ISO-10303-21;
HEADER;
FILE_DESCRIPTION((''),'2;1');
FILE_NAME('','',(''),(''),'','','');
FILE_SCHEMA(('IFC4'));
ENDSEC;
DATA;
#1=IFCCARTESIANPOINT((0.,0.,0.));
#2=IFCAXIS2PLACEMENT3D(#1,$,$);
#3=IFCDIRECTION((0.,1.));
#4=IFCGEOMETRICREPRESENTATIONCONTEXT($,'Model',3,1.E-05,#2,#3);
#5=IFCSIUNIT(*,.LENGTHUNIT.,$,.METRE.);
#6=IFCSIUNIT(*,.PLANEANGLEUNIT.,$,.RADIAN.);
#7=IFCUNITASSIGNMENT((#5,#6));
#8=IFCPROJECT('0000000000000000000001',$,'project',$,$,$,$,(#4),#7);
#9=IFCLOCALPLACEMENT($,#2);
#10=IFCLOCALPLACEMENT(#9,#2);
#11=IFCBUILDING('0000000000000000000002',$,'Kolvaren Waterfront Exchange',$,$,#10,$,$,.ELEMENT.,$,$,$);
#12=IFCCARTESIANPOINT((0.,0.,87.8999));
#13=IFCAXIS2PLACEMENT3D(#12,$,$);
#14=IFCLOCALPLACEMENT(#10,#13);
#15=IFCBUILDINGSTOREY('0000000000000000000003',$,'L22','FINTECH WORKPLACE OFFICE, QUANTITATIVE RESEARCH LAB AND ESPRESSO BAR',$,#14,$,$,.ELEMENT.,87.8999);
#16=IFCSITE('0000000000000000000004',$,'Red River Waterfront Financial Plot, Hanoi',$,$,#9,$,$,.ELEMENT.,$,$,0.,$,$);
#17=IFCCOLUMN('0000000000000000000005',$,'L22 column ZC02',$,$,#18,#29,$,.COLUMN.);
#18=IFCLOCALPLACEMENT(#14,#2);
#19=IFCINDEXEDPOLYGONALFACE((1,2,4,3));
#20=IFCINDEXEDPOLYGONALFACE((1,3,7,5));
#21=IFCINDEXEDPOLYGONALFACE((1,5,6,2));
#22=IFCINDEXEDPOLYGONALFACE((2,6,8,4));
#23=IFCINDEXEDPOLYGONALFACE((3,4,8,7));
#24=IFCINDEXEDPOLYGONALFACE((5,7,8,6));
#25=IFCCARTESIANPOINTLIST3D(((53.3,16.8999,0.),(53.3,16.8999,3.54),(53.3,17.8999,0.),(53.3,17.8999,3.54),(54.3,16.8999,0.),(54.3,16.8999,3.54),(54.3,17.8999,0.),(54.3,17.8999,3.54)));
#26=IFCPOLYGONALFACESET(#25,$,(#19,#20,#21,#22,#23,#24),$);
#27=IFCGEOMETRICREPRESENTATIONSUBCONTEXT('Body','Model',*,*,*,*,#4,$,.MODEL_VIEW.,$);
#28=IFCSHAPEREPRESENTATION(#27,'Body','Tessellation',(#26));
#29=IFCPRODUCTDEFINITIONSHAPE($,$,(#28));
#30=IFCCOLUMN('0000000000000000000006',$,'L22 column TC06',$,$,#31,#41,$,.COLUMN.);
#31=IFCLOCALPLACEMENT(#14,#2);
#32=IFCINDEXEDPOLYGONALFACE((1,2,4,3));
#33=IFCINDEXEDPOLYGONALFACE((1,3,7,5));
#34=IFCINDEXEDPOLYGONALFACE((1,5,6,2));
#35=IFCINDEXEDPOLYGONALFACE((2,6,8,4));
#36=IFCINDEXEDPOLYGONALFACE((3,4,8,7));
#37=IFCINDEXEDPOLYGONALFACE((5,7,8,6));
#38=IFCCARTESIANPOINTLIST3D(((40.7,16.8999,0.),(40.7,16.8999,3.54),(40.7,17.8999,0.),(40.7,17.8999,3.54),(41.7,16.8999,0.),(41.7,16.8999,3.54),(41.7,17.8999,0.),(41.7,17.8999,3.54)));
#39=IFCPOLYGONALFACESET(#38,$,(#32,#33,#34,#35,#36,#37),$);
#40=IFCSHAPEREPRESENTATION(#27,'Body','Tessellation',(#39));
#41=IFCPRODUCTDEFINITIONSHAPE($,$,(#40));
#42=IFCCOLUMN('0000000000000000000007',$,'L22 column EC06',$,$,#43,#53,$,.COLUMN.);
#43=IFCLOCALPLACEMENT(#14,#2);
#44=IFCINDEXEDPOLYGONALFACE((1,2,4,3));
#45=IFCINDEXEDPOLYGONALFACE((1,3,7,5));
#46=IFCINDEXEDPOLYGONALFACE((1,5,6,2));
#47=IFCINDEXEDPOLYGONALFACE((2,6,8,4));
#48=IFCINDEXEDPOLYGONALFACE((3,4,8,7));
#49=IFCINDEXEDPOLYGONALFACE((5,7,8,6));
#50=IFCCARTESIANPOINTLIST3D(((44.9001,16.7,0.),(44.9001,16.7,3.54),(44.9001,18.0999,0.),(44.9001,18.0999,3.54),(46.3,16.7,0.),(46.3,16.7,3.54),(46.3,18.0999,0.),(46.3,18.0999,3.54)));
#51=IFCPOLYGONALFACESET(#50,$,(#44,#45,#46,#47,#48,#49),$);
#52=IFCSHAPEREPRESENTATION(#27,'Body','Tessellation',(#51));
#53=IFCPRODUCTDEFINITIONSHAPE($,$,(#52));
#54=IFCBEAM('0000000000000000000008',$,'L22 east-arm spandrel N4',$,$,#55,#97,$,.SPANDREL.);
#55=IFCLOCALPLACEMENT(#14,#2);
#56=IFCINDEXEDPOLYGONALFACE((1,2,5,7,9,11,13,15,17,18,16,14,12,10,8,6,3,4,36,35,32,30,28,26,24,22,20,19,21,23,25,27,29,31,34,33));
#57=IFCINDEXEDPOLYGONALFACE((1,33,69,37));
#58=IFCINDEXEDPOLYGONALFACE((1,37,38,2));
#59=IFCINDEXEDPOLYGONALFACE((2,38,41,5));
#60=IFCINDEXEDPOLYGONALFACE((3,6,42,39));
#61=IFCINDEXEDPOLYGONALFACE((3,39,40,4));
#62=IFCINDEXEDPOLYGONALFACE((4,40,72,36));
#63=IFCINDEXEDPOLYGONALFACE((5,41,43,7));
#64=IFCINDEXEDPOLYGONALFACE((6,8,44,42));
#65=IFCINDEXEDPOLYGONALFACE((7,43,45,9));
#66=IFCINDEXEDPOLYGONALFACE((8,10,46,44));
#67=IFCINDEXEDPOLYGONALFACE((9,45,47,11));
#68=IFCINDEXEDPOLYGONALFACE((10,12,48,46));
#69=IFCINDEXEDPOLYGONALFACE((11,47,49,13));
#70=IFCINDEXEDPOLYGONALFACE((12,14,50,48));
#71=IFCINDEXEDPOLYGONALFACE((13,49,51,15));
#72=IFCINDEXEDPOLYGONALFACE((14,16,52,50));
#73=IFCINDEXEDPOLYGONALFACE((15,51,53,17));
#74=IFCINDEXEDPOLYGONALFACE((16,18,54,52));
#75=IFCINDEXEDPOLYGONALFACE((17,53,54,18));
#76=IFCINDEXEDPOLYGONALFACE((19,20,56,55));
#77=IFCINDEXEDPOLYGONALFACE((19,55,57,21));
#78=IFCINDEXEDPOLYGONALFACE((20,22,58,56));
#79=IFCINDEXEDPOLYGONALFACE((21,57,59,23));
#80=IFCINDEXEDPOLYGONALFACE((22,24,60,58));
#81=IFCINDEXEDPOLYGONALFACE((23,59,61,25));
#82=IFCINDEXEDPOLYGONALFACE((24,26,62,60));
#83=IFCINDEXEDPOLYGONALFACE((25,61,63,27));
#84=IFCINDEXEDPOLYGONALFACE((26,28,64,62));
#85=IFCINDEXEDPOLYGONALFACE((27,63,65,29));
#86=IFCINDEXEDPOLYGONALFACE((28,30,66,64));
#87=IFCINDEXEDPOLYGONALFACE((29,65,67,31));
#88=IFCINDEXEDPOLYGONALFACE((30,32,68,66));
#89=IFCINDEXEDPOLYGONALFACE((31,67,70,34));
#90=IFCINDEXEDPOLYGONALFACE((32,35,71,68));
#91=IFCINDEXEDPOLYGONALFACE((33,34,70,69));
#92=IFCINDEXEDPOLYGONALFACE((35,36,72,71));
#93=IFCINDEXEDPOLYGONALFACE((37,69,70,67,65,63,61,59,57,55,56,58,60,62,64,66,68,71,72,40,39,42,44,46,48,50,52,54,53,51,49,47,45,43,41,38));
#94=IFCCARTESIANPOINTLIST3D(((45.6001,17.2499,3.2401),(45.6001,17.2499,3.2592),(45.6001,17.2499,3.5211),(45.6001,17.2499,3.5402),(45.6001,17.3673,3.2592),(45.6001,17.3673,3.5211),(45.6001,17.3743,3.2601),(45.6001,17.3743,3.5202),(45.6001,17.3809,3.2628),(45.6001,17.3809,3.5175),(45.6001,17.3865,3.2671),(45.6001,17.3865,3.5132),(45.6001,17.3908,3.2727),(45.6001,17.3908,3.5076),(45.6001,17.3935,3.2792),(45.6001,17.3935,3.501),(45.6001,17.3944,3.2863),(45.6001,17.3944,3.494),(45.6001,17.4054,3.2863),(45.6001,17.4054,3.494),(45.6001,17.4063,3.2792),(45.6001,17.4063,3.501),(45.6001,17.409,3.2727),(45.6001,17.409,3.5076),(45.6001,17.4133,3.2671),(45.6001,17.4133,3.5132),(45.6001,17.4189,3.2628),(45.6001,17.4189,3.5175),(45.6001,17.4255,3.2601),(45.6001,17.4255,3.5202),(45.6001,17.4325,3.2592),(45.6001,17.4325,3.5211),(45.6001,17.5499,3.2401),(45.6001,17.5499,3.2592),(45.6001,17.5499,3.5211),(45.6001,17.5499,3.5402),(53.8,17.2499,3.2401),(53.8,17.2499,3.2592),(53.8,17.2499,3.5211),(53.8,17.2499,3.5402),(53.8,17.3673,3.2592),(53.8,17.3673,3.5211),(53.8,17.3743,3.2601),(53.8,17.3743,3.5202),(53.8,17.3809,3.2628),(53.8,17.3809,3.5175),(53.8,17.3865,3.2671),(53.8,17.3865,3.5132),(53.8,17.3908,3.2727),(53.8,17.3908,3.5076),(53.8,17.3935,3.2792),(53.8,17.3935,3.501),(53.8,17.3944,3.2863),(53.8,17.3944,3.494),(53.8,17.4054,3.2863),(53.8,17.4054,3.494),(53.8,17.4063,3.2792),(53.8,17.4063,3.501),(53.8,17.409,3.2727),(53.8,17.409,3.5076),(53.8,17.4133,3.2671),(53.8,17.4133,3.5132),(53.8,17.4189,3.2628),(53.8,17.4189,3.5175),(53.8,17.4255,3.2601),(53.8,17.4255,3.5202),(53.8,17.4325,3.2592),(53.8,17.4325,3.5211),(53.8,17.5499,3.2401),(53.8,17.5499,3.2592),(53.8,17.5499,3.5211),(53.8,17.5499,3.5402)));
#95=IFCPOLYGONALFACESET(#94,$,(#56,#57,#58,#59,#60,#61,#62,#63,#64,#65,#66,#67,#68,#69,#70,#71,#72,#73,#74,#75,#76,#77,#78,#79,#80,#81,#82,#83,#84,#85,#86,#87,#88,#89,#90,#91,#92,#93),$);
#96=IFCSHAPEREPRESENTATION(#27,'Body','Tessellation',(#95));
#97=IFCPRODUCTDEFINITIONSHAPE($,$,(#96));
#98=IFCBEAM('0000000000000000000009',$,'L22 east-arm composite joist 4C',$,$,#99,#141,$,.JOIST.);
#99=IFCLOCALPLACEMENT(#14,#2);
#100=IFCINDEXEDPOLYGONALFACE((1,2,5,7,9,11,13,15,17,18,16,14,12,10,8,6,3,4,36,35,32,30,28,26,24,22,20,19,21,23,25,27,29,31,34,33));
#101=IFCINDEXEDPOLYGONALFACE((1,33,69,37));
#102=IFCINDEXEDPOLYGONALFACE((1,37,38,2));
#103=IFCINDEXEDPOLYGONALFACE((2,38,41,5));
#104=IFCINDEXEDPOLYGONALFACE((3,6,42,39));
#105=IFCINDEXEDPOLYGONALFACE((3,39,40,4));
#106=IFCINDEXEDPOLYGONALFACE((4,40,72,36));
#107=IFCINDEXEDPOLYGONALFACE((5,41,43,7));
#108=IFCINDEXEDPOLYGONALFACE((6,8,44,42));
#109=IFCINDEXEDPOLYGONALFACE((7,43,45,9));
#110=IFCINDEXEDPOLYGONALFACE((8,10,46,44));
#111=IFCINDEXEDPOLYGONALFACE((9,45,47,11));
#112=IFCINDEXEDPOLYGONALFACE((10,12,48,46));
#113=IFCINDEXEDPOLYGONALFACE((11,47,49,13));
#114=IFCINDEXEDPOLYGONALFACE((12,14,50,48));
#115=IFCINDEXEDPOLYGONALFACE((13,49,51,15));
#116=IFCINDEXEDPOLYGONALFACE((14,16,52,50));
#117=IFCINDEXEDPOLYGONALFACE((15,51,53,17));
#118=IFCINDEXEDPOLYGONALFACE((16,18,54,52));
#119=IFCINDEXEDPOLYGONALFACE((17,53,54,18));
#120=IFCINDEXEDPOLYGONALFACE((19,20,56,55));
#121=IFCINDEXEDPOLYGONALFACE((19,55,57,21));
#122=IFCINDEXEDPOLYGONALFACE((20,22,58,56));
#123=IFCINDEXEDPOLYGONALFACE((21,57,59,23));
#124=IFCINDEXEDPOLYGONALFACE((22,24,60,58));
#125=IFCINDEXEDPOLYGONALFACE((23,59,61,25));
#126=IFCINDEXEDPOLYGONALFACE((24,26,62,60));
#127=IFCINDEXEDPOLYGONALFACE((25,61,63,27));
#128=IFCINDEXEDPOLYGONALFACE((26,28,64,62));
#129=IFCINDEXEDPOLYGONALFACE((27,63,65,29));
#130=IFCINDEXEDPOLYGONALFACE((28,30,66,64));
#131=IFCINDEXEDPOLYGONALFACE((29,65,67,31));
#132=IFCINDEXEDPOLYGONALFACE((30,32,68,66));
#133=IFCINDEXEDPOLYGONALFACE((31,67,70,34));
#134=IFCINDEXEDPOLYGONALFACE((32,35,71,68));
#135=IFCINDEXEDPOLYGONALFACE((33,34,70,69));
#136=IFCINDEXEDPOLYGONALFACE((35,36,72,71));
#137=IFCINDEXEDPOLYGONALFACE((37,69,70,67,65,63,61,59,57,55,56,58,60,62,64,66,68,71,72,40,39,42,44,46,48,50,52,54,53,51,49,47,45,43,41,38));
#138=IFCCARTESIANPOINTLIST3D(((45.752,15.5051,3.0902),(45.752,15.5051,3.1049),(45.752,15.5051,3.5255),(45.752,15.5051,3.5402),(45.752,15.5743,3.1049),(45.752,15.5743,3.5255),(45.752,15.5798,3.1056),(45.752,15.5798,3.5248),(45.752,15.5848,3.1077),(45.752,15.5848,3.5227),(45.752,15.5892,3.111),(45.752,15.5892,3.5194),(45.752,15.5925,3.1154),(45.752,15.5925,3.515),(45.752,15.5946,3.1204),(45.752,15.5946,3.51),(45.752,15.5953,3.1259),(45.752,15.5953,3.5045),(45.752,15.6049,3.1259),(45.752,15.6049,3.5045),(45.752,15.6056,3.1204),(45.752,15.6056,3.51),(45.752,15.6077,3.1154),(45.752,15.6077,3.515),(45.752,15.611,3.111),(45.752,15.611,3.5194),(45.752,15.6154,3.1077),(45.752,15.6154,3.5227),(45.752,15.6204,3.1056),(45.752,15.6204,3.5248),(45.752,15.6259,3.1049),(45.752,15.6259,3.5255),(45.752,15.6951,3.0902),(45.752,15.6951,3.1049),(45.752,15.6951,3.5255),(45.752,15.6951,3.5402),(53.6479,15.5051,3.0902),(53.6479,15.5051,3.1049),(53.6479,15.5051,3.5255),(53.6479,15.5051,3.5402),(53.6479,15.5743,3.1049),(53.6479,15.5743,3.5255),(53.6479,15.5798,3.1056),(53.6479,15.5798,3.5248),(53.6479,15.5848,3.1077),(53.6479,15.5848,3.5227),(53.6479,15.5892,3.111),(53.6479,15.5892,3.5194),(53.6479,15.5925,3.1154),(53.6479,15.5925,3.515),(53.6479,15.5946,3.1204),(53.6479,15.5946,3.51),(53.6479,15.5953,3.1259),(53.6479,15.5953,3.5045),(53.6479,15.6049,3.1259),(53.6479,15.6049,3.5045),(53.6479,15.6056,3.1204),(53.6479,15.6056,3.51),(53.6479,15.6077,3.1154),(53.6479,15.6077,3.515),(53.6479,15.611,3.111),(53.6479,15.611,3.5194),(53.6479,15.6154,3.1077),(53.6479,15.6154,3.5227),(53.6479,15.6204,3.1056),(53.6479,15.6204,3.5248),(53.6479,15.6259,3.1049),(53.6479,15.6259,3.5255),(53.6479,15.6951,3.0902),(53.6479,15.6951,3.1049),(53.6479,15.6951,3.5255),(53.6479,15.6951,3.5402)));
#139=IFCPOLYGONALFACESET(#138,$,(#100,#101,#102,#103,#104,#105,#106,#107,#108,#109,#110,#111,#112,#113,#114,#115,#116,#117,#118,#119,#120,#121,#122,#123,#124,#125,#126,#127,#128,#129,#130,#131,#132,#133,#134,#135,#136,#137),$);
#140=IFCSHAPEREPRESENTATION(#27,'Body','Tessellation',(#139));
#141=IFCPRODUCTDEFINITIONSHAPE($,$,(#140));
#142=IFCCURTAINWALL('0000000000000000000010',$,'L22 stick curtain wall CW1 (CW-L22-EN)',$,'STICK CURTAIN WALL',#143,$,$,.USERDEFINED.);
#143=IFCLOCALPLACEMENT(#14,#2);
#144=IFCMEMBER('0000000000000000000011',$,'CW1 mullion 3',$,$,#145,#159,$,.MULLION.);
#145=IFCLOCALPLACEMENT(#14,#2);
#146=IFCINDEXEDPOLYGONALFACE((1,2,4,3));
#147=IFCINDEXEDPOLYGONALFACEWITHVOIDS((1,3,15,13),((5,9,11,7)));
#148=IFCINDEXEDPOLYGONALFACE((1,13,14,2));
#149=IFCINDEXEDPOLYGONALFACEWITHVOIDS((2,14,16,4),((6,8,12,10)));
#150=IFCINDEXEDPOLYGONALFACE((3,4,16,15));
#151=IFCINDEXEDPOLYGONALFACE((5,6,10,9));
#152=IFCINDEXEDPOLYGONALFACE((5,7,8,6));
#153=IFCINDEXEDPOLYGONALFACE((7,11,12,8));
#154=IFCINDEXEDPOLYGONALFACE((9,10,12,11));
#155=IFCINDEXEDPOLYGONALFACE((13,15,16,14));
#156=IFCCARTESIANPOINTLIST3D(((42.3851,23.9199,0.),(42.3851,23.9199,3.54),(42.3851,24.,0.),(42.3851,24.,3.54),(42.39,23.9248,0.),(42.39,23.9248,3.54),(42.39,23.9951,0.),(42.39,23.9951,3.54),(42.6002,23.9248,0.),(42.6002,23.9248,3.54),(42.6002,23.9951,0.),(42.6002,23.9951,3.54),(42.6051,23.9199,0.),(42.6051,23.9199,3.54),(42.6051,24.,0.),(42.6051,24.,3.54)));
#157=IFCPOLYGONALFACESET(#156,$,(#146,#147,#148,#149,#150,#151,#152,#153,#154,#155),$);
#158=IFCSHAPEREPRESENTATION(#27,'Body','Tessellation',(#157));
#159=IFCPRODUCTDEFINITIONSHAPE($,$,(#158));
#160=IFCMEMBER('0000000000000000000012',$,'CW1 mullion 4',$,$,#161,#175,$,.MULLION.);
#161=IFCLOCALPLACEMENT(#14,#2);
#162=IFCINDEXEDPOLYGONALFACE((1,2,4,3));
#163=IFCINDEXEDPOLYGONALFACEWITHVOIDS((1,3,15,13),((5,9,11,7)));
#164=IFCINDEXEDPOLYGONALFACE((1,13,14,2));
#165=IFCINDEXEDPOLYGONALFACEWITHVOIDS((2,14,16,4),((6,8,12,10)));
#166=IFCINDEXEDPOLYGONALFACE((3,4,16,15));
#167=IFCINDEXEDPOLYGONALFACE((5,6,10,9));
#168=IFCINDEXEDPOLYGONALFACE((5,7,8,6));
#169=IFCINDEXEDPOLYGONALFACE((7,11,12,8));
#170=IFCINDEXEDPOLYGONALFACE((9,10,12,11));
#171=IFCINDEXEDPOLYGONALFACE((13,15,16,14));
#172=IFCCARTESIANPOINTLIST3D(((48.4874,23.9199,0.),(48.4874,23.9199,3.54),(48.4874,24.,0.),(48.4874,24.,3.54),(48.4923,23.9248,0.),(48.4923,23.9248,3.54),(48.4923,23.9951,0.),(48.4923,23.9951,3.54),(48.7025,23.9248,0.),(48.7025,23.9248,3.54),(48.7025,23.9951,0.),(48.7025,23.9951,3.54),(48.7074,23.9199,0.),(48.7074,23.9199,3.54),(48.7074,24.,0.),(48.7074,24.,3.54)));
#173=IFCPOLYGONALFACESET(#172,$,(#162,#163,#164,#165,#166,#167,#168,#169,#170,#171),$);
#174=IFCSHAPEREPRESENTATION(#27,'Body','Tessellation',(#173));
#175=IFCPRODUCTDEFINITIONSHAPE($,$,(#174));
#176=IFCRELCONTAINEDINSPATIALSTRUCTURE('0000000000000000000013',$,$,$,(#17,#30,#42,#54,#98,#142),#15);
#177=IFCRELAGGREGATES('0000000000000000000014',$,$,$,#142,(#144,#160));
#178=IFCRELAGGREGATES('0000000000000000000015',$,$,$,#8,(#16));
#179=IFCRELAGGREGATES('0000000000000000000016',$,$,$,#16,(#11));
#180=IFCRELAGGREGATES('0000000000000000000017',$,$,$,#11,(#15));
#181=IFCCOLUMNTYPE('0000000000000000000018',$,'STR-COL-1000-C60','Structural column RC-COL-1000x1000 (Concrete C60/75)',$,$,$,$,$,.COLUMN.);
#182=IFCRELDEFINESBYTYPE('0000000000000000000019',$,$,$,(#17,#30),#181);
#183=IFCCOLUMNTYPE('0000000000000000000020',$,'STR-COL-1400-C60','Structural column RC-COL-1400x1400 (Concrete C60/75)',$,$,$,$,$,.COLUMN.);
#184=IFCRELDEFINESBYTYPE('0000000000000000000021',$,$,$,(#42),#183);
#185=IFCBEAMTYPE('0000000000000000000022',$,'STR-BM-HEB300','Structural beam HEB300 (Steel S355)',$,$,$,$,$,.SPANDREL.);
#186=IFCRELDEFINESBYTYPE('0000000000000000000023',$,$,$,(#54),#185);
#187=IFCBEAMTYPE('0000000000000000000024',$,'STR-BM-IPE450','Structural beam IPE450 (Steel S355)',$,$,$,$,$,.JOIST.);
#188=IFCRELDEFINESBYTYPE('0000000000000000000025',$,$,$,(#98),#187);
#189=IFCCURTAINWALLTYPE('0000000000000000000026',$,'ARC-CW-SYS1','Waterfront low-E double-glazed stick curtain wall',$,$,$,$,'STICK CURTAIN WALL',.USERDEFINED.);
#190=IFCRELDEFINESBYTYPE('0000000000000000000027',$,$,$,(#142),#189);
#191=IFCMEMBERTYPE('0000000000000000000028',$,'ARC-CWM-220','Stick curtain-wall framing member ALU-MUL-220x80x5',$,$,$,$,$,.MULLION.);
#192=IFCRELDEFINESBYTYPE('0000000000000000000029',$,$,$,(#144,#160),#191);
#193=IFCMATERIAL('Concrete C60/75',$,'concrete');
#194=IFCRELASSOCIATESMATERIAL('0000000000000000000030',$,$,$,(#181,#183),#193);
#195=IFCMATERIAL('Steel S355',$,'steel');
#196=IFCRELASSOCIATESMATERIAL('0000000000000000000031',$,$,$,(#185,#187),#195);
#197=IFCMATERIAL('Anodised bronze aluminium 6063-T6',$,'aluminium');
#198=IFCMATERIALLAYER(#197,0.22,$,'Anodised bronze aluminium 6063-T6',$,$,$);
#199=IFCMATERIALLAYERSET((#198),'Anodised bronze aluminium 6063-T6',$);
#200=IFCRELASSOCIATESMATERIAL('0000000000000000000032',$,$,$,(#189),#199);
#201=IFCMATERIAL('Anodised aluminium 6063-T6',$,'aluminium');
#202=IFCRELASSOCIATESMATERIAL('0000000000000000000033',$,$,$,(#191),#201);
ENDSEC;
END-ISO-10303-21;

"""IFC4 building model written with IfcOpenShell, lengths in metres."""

from ifc_helpers import new_model, si_unit, direction, frame, origin, origin_with_axes, origin_2d, place, context, subcontext, project, spatial, rectangle, hollow_rectangle, i_section, extrude, source, transform, mapped, material, layer, layer_set, material_profile, profile_set, type_object, element, aggregate, save


model = new_model("IFC4")

# Units and contexts
model_context = context("Model", 3, precision=1e-05, world=origin(), true_north=direction((0.0, 1.0)))
body_context = subcontext(model_context, "Body", "Model", "MODEL_VIEW")
ifc_project = project(units=[si_unit("LENGTHUNIT", "METRE"), si_unit("PLANEANGLEUNIT", "RADIAN")], contexts=[model_context])

# Site, building, storey
site_placement = place(None, origin())
site = spatial("IfcSite", under=ifc_project, at=site_placement, Name="Red River Waterfront Financial Plot, Hanoi", CompositionType="ELEMENT", RefElevation=0.0)
building_placement = place(site_placement, origin())
building = spatial("IfcBuilding", under=site, at=building_placement, Name="Kolvaren Waterfront Exchange", CompositionType="ELEMENT")
storey_placement = place(building_placement, frame((0.0, 0.0, 87.8999)))
storey = spatial("IfcBuildingStorey", under=building, at=storey_placement, Name="L22", Description="FINTECH WORKPLACE OFFICE, QUANTITATIVE RESEARCH LAB AND ESPRESSO BAR", CompositionType="ELEMENT", Elevation=87.8999)

# Columns
ifc_material_1 = material(Name="Concrete C60/75", Category="concrete")
ifc_material_profile_1 = material_profile(ifc_material_1, rectangle(XDim=1.0, YDim=1.0, at=origin_2d()), Name="RC-COL-1000x1000")
ifc_profile_set_1 = profile_set([ifc_material_profile_1], Name="Concrete C60/75")
column_type_1 = type_object("IfcColumnType", Name="STR-COL-1000-C60", Description="Structural column RC-COL-1000x1000 (Concrete C60/75)", PredefinedType="COLUMN", material=ifc_profile_set_1)
for number, where, z_axis, x_axis, name in (
    (1, (53.8, 17.3999, 0.0), (0.0, 0.0, 1.0), (1.0, 0.0, 0.0), "L22 column ZC02"),
    (2, (41.2, 17.3999, 0.0), (0.0, 0.0, 1.0), (1.0, 0.0, 0.0), "L22 column TC06"),
):
    element("IfcColumn", number, at=place(storey_placement, frame(where, z_axis=z_axis, x_axis=x_axis)), inside=storey, type_object=column_type_1, Name=name, PredefinedType="COLUMN", context=body_context, shape_type="SweptSolid", body=[
        extrude(rectangle(XDim=1.0, YDim=1.0, at=origin_2d()), origin(), (0.0, 0.0, 1.0), 3.54),
    ])
ifc_material_profile_2 = material_profile(ifc_material_1, rectangle(XDim=1.3999, YDim=1.3999, at=origin_2d()), Name="RC-COL-1400x1400")
ifc_profile_set_2 = profile_set([ifc_material_profile_2], Name="Concrete C60/75")
column_type_2 = type_object("IfcColumnType", Name="STR-COL-1400-C60", Description="Structural column RC-COL-1400x1400 (Concrete C60/75)", PredefinedType="COLUMN", material=ifc_profile_set_2)
column_placement = place(storey_placement, frame((45.6001, 17.3999, 0.0), z_axis=(0.0, 0.0, 1.0), x_axis=(1.0, 0.0, 0.0)))
element("IfcColumn", 3, at=column_placement, inside=storey, type_object=column_type_2, Name="L22 column EC06", PredefinedType="COLUMN", context=body_context, shape_type="SweptSolid", body=[
    extrude(rectangle(XDim=1.3999, YDim=1.3999, at=origin_2d()), origin(), (0.0, 0.0, 1.0), 3.54),
])

# Beams
ifc_material_2 = material(Name="Steel S355", Category="steel")
ifc_material_profile_3 = material_profile(ifc_material_2, i_section(OverallWidth=0.3, OverallDepth=0.3, WebThickness=0.011, FlangeThickness=0.019, FilletRadius=0.0271, at=origin_2d()), Name="HEB300")
ifc_profile_set_3 = profile_set([ifc_material_profile_3], Name="Steel S355")
beam_type_1 = type_object("IfcBeamType", Name="STR-BM-HEB300", Description="Structural beam HEB300 (Steel S355)", PredefinedType="SPANDREL", material=ifc_profile_set_3)
beam_1_placement = place(storey_placement, frame((45.6001, 17.3999, 3.3901), z_axis=(1.0, 0.0, 0.0), x_axis=(0.0, 1.0, 0.0)))
element("IfcBeam", 4, at=beam_1_placement, inside=storey, type_object=beam_type_1, Name="L22 east-arm spandrel N4", PredefinedType="SPANDREL", context=body_context, shape_type="SweptSolid", body=[
    extrude(i_section(OverallWidth=0.3, OverallDepth=0.3, WebThickness=0.011, FlangeThickness=0.019, FilletRadius=0.0271, at=origin_2d()), origin(), (0.0, 0.0, 1.0), 8.2),
])
ifc_material_profile_4 = material_profile(ifc_material_2, i_section(OverallWidth=0.1899, OverallDepth=0.45, WebThickness=0.0095, FlangeThickness=0.0146, FilletRadius=0.021, at=origin_2d()), Name="IPE450")
ifc_profile_set_4 = profile_set([ifc_material_profile_4], Name="Steel S355")
beam_type_2 = type_object("IfcBeamType", Name="STR-BM-IPE450", Description="Structural beam IPE450 (Steel S355)", PredefinedType="JOIST", material=ifc_profile_set_4)
beam_2_placement = place(storey_placement, frame((45.752, 15.6001, 3.3152), z_axis=(1.0, 0.0, 0.0), x_axis=(0.0, 1.0, 0.0)))
element("IfcBeam", 5, at=beam_2_placement, inside=storey, type_object=beam_type_2, Name="L22 east-arm composite joist 4C", PredefinedType="JOIST", context=body_context, shape_type="SweptSolid", body=[
    extrude(i_section(OverallWidth=0.1899, OverallDepth=0.45, WebThickness=0.0095, FlangeThickness=0.0146, FilletRadius=0.021, at=origin_2d()), origin(), (0.0, 0.0, 1.0), 7.896),
])

# Curtain wall, members
ifc_material_3 = material(Name="Anodised bronze aluminium 6063-T6", Category="aluminium")
ifc_layer_1 = layer(ifc_material_3, 0.22, Name="Anodised bronze aluminium 6063-T6")
ifc_layer_set_1 = layer_set([ifc_layer_1], Name="Anodised bronze aluminium 6063-T6")
curtain_wall_type = type_object("IfcCurtainWallType", Name="ARC-CW-SYS1", Description="Waterfront low-E double-glazed stick curtain wall", ElementType="STICK CURTAIN WALL", PredefinedType="USERDEFINED", material=ifc_layer_set_1)
curtain_wall_placement = place(storey_placement, origin())
curtain_wall = element("IfcCurtainWall", 6, at=curtain_wall_placement, inside=storey, type_object=curtain_wall_type, Name="L22 stick curtain wall CW1 (CW-L22-EN)", ObjectType="STICK CURTAIN WALL", PredefinedType="USERDEFINED")
ifc_material_4 = material(Name="Anodised aluminium 6063-T6", Category="aluminium")
ifc_material_profile_5 = material_profile(ifc_material_4, hollow_rectangle(XDim=0.0801, YDim=0.22, WallThickness=0.0049, at=origin_2d()), Name="ALU-MUL-220x80x5")
ifc_profile_set_5 = profile_set([ifc_material_profile_5], Name="Anodised aluminium 6063-T6")
member_type_1 = type_object("IfcMemberType", Name="ARC-CWM-220", Description="Stick curtain-wall framing member ALU-MUL-220x80x5", PredefinedType="MULLION", material=ifc_profile_set_5)
shared_shape_1 = source(origin_with_axes(), body_context, "Body", "SweptSolid", [
    extrude(hollow_rectangle(XDim=0.0801, YDim=0.22, WallThickness=0.0049, at=origin_2d()), origin(), (0.0, 0.0, 1.0), 3.54),
])
member_1_placement = place(storey_placement, frame((42.4951, 23.96, 0.0), z_axis=(0.0, 0.0, 1.0), x_axis=(0.0, 1.0, 0.0)))
member_1 = element("IfcMember", 7, at=member_1_placement, type_object=member_type_1, Name="CW1 mullion 3", PredefinedType="MULLION", context=body_context, shape_type="MappedRepresentation", body=[
    mapped(shared_shape_1, transform((0.0, 0.0, 0.0), x_axis=(1.0, 0.0, 0.0), y_axis=(0.0, 1.0, 0.0), z_axis=(0.0, 0.0, 1.0), scale=1.0)),
])
member_2_placement = place(storey_placement, frame((48.5974, 23.96, 0.0), z_axis=(0.0, 0.0, 1.0), x_axis=(0.0, 1.0, 0.0)))
member_2 = element("IfcMember", 8, at=member_2_placement, type_object=member_type_1, Name="CW1 mullion 4", PredefinedType="MULLION", context=body_context, shape_type="MappedRepresentation", body=[
    mapped(shared_shape_1, transform((0.0, 0.0, 0.0), x_axis=(1.0, 0.0, 0.0), y_axis=(0.0, 1.0, 0.0), z_axis=(0.0, 0.0, 1.0), scale=1.0)),
])
aggregate(curtain_wall, [member_1, member_2])

save(model, "model.ifc")
